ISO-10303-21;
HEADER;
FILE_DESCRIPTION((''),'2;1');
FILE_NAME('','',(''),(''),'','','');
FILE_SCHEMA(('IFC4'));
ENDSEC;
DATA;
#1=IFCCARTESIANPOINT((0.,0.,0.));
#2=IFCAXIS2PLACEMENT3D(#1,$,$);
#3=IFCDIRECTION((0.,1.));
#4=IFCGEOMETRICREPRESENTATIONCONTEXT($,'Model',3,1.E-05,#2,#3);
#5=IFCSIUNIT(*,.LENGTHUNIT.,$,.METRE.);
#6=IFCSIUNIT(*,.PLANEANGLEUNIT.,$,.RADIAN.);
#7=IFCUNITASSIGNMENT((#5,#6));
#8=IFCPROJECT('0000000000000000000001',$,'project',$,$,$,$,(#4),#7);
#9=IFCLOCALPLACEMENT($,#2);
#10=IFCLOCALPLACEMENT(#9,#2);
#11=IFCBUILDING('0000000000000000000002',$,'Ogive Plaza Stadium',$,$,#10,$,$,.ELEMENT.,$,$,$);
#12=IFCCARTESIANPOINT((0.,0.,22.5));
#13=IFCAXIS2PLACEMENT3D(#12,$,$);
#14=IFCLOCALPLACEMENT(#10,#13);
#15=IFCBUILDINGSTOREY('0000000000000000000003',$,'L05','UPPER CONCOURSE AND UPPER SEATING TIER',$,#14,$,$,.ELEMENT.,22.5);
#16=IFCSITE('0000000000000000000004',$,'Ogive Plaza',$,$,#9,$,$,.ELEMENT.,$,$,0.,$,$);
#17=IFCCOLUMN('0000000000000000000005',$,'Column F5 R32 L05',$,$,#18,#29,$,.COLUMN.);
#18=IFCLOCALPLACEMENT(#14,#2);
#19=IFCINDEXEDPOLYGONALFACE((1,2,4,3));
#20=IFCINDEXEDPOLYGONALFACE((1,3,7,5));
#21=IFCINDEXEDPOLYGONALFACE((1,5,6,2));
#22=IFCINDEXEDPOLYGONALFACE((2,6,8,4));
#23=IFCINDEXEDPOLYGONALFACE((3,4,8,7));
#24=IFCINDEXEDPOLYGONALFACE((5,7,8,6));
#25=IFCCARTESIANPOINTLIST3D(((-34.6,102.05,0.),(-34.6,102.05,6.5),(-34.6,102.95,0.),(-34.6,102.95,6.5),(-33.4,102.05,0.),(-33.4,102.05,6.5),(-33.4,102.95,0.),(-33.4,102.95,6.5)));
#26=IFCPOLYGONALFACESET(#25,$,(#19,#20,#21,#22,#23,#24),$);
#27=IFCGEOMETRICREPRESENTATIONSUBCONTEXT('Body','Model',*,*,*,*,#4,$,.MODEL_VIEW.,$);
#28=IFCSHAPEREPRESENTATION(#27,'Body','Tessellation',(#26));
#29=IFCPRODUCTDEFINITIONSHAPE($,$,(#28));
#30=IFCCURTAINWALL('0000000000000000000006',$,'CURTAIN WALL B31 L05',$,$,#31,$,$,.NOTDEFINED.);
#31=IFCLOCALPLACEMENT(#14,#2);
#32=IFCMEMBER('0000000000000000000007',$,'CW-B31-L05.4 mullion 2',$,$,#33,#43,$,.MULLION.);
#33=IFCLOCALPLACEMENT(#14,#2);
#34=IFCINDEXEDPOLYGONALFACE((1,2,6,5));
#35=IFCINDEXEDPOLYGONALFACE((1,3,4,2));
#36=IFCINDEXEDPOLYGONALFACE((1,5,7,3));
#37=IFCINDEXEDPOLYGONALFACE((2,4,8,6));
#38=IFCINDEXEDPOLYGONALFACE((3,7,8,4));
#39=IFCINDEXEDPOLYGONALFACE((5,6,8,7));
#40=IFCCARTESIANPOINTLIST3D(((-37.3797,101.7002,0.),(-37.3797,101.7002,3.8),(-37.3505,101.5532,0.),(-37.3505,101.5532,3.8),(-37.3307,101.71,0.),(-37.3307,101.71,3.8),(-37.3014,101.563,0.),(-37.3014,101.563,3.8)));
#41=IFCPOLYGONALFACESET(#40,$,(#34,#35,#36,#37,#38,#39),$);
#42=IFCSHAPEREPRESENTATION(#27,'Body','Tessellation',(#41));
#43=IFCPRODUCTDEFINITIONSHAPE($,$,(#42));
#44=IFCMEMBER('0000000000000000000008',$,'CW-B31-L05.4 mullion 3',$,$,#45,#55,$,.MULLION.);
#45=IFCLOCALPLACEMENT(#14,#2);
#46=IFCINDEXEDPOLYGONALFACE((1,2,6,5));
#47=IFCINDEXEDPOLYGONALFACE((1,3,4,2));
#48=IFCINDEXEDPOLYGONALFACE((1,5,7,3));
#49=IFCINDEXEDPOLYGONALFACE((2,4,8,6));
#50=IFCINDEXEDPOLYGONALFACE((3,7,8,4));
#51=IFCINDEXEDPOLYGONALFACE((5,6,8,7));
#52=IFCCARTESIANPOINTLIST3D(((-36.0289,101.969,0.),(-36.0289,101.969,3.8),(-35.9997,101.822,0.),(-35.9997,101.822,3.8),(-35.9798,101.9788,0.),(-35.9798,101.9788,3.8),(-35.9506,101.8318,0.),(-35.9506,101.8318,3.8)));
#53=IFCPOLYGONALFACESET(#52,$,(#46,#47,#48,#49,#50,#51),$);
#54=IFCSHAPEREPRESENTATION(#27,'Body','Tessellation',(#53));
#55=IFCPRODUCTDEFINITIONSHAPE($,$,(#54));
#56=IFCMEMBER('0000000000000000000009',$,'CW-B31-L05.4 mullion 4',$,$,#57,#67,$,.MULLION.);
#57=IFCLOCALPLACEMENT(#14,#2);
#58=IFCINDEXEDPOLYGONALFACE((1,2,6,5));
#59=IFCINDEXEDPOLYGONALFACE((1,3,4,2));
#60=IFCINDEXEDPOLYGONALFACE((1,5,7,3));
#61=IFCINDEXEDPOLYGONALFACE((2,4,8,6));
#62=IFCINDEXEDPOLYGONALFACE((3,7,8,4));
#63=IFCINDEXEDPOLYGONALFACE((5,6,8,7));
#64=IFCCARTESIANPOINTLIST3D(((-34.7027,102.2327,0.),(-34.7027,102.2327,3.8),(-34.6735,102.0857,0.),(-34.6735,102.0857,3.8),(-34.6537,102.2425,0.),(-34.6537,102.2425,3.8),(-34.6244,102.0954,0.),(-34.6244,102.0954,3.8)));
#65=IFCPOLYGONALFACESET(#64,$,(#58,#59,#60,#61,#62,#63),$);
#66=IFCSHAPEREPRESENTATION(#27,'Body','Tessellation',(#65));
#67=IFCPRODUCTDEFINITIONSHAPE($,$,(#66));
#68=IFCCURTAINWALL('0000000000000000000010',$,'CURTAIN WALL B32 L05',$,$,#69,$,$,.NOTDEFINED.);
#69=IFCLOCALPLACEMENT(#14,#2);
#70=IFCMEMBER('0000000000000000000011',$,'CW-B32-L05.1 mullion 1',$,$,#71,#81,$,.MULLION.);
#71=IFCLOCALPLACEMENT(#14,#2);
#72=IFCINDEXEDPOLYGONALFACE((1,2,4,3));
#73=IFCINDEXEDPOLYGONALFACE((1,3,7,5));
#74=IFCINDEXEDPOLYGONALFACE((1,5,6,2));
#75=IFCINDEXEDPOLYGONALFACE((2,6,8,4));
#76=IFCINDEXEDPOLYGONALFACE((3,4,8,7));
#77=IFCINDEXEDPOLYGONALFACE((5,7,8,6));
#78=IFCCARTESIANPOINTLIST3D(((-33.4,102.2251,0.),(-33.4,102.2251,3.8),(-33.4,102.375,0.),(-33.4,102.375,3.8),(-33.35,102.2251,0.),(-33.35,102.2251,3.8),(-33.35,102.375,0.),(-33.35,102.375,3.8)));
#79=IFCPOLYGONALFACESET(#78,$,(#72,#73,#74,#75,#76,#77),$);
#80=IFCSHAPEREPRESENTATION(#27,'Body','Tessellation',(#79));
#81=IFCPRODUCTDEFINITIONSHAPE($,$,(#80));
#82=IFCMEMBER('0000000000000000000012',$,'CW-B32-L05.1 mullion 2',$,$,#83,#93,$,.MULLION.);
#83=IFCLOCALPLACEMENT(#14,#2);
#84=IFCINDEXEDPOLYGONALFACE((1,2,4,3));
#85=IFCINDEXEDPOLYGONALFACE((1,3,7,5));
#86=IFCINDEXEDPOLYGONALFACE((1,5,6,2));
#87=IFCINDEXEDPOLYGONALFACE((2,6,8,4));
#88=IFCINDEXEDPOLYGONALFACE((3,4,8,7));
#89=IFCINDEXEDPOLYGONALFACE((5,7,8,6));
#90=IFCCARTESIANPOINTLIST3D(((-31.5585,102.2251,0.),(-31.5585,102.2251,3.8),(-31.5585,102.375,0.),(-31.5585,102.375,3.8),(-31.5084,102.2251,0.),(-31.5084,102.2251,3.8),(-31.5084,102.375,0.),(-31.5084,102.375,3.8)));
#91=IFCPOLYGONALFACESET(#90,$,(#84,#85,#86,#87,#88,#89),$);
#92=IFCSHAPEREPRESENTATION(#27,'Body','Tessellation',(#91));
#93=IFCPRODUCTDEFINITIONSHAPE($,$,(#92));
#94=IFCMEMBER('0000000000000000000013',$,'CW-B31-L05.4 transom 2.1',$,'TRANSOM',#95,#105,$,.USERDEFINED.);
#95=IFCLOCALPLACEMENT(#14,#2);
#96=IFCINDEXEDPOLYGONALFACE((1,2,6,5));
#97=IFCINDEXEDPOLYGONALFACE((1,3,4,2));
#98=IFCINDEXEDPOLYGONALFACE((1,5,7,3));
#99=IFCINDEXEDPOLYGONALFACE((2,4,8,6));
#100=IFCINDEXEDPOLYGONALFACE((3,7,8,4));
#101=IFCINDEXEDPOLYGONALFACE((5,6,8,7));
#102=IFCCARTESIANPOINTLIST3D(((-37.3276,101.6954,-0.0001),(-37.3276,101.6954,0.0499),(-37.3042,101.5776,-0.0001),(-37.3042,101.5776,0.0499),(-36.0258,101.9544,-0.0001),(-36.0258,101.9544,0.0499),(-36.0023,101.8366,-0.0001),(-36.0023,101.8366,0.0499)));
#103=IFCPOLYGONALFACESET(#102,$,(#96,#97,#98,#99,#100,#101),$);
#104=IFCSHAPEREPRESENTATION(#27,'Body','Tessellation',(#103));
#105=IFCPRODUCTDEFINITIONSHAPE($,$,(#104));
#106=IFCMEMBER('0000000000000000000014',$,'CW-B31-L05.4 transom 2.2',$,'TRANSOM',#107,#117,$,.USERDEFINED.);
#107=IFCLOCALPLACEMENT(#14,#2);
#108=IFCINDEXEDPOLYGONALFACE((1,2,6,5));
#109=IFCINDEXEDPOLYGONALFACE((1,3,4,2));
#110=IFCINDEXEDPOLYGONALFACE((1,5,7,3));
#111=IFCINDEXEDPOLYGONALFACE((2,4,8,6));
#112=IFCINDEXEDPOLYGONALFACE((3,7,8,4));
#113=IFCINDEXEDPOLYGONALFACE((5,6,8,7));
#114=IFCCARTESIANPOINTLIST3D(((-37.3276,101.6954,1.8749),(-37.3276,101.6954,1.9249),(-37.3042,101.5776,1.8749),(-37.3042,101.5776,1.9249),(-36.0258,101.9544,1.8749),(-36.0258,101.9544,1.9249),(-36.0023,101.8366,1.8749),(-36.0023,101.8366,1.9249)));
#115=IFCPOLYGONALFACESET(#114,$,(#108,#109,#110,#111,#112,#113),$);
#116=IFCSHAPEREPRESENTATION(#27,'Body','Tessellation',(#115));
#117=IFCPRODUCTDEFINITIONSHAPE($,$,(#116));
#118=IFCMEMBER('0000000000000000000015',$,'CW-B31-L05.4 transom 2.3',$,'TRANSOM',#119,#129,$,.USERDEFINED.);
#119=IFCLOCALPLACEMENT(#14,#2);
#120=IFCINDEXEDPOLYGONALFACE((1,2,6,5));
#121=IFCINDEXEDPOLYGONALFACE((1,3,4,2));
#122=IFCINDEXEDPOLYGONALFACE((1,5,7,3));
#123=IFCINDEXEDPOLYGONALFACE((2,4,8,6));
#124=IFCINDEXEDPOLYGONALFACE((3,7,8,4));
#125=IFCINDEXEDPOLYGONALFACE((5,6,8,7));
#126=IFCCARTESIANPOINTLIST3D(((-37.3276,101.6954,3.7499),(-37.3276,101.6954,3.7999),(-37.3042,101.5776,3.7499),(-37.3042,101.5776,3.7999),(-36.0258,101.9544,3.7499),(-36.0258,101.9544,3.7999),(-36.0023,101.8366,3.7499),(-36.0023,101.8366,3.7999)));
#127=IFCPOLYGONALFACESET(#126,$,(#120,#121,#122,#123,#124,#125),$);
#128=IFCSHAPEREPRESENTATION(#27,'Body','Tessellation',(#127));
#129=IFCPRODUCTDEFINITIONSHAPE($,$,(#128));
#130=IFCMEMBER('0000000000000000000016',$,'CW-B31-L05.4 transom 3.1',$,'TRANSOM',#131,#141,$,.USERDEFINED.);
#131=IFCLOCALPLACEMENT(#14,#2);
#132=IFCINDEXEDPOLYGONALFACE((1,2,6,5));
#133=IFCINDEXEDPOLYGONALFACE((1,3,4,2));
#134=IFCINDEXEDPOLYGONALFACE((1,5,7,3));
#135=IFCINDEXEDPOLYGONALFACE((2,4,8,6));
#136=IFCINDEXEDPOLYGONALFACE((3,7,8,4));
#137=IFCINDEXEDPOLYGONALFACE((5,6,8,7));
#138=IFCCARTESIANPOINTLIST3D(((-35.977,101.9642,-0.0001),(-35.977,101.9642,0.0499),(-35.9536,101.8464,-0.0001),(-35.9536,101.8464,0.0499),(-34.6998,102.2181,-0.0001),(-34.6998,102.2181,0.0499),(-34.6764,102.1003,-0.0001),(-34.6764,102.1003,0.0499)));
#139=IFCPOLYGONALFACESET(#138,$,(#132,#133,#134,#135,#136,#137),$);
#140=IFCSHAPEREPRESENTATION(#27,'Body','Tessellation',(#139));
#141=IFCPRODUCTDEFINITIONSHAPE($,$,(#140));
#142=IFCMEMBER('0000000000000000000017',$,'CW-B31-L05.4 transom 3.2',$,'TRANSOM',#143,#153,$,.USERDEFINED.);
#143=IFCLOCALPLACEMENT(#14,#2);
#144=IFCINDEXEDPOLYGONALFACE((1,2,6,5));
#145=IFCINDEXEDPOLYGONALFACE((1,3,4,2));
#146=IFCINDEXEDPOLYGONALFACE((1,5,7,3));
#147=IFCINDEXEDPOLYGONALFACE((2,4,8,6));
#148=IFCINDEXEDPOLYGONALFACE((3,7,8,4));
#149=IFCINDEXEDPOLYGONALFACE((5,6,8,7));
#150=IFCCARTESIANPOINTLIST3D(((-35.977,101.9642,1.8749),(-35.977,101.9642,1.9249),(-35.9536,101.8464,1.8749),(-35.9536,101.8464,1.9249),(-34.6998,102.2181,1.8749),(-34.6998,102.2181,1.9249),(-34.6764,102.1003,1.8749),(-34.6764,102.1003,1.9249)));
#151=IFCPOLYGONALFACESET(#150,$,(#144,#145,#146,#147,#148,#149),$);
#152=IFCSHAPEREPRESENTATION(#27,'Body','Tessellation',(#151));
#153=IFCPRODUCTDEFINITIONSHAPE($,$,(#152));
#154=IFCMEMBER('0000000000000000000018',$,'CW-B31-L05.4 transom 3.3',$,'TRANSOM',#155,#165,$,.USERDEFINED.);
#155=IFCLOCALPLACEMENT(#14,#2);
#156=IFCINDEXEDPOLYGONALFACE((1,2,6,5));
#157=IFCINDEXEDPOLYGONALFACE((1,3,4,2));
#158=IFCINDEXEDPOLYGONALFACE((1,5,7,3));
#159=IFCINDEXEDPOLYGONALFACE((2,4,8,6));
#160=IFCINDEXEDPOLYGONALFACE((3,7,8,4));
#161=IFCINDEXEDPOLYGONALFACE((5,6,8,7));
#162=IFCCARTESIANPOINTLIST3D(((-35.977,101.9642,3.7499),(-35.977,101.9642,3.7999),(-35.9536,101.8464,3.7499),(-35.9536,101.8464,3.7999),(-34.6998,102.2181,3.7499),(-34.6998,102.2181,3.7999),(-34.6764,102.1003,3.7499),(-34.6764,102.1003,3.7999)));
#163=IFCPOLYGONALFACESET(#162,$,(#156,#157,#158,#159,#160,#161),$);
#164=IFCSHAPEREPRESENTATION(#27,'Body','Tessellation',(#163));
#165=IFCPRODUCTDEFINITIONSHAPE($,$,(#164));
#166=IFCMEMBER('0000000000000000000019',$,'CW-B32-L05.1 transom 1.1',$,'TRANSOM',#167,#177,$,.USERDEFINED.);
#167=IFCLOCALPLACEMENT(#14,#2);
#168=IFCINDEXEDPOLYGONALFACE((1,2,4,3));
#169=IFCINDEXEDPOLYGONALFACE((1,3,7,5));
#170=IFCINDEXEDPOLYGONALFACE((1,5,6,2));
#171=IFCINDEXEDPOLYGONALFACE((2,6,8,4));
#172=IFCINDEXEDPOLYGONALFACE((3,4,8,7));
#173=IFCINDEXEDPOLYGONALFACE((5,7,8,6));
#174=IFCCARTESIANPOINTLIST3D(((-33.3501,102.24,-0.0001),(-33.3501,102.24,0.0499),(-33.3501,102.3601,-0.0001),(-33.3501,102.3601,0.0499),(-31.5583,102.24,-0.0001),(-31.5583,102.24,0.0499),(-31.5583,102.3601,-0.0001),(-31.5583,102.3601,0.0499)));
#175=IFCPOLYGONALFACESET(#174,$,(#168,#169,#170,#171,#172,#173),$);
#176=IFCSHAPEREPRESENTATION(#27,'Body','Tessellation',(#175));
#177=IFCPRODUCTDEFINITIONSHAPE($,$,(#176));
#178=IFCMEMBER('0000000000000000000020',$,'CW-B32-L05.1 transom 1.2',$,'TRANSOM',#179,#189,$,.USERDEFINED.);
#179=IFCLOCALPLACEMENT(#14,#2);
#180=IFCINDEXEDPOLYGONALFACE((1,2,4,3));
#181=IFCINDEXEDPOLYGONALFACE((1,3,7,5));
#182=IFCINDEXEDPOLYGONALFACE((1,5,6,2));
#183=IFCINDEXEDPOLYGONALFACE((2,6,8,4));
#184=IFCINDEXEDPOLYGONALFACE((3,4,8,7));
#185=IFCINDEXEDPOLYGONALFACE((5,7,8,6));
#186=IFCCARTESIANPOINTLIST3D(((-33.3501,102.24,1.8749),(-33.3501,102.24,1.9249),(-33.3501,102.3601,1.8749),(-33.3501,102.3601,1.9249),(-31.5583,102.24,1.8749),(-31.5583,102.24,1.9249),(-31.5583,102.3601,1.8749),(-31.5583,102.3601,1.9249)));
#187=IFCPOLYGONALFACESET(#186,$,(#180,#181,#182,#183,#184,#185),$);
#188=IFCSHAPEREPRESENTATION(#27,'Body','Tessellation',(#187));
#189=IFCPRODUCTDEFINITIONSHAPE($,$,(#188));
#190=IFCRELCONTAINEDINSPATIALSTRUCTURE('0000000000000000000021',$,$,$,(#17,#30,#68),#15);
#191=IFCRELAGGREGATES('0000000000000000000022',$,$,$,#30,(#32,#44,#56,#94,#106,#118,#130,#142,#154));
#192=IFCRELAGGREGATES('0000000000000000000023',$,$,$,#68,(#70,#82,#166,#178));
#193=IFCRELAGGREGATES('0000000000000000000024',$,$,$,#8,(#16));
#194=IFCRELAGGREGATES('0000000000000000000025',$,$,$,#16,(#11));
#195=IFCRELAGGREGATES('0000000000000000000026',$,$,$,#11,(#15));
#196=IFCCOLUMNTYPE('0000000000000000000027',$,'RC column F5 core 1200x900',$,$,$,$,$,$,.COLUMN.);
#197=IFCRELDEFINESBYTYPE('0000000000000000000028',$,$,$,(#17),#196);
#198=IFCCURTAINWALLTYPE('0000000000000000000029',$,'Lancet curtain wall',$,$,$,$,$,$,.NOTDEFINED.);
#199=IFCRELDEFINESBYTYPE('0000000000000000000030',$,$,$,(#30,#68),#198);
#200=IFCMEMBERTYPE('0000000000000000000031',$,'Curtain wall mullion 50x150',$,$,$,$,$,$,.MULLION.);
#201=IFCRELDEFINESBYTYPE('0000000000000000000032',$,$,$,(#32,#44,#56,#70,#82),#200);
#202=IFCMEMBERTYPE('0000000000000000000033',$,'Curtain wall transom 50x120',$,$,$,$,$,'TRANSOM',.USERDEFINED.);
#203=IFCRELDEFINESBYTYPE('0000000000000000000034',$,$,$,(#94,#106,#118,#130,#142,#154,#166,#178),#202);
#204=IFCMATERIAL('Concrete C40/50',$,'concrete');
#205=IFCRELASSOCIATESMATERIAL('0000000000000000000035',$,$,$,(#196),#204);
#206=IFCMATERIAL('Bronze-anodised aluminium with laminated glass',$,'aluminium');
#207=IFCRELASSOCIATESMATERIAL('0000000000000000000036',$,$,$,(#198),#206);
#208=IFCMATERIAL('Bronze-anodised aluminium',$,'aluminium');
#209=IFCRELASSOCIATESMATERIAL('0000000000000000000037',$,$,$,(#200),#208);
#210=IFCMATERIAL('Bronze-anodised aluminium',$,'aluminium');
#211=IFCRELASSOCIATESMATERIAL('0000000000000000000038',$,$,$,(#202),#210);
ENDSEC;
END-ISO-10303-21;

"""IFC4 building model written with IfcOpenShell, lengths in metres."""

from ifc_helpers import new_model, si_unit, direction, frame, origin, origin_2d, place, context, subcontext, project, spatial, rectangle, extrude, material, material_profile, profile_set, type_object, element, aggregate, save


model = new_model("IFC4")

# Units and contexts
model_context = context("Model", 3, precision=1e-05, world=origin(), true_north=direction((0.0, 1.0)))
body_context = subcontext(model_context, "Body", "Model", "MODEL_VIEW")
ifc_project = project(units=[si_unit("LENGTHUNIT", "METRE"), si_unit("PLANEANGLEUNIT", "RADIAN")], contexts=[model_context])

# Site, building, storey
site_placement = place(None, origin())
site = spatial("IfcSite", under=ifc_project, at=site_placement, Name="Ogive Plaza", CompositionType="ELEMENT", RefElevation=0.0)
building_placement = place(site_placement, origin())
building = spatial("IfcBuilding", under=site, at=building_placement, Name="Ogive Plaza Stadium", CompositionType="ELEMENT")
storey_placement = place(building_placement, frame((0.0, 0.0, 22.5)))
storey = spatial("IfcBuildingStorey", under=building, at=storey_placement, Name="L05", Description="UPPER CONCOURSE AND UPPER SEATING TIER", CompositionType="ELEMENT", Elevation=22.5)

# Column
ifc_material_1 = material(Name="Concrete C40/50", Category="concrete")
ifc_material_profile_1 = material_profile(ifc_material_1, rectangle(XDim=1.2, YDim=0.8999, at=origin_2d()), Name="RC 1200x900")
ifc_profile_set_1 = profile_set([ifc_material_profile_1], Name="Concrete C40/50")
column_type = type_object("IfcColumnType", Name="RC column F5 core 1200x900", PredefinedType="COLUMN", material=ifc_profile_set_1)
column_placement = place(storey_placement, frame((-34.0, 102.5, 0.0), z_axis=(0.0, 0.0, 1.0), x_axis=(-1.0, 0.0, 0.0)))
element("IfcColumn", 1, at=column_placement, inside=storey, type_object=column_type, Name="Column F5 R32 L05", PredefinedType="COLUMN", context=body_context, shape_type="SweptSolid", body=[
    extrude(rectangle(XDim=1.2, YDim=0.8999, at=origin_2d()), origin(), (0.0, 0.0, 1.0), 6.5),
])

# Curtain walls, members
ifc_material_2 = material(Name="Bronze-anodised aluminium with laminated glass", Category="aluminium")
curtain_wall_type = type_object("IfcCurtainWallType", Name="Lancet curtain wall", PredefinedType="NOTDEFINED", material=ifc_material_2)
curtain_wall_1_placement = place(storey_placement, origin())
curtain_wall_1 = element("IfcCurtainWall", 2, at=curtain_wall_1_placement, inside=storey, type_object=curtain_wall_type, Name="CURTAIN WALL B31 L05", PredefinedType="NOTDEFINED")
ifc_material_3 = material(Name="Bronze-anodised aluminium", Category="aluminium")
ifc_material_profile_2 = material_profile(ifc_material_3, rectangle(XDim=0.1499, YDim=0.05, at=origin_2d()), Name="AL 150x50")
ifc_profile_set_2 = profile_set([ifc_material_profile_2], Name="Bronze-anodised aluminium")
member_type_1 = type_object("IfcMemberType", Name="Curtain wall mullion 50x150", PredefinedType="MULLION", material=ifc_profile_set_2)
member_1_placement = place(storey_placement, frame((-37.3406, 101.6316, 0.0), z_axis=(0.0, 0.0, 1.0), x_axis=(-0.19509, 0.980785, 0.0)))
member_1 = element("IfcMember", 3, at=member_1_placement, type_object=member_type_1, Name="CW-B31-L05.4 mullion 2", PredefinedType="MULLION", context=body_context, shape_type="SweptSolid", body=[
    extrude(rectangle(XDim=0.1499, YDim=0.05, at=origin_2d()), origin(), (0.0, 0.0, 1.0), 3.8),
])
member_2_placement = place(storey_placement, frame((-35.9897, 101.9004, 0.0), z_axis=(0.0, 0.0, 1.0), x_axis=(-0.19509, 0.980785, 0.0)))
member_2 = element("IfcMember", 4, at=member_2_placement, type_object=member_type_1, Name="CW-B31-L05.4 mullion 3", PredefinedType="MULLION", context=body_context, shape_type="SweptSolid", body=[
    extrude(rectangle(XDim=0.1499, YDim=0.05, at=origin_2d()), origin(), (0.0, 0.0, 1.0), 3.8),
])
member_3_placement = place(storey_placement, frame((-34.6636, 102.1641, 0.0), z_axis=(0.0, 0.0, 1.0), x_axis=(-0.19509, 0.980785, 0.0)))
member_3 = element("IfcMember", 5, at=member_3_placement, type_object=member_type_1, Name="CW-B31-L05.4 mullion 4", PredefinedType="MULLION", context=body_context, shape_type="SweptSolid", body=[
    extrude(rectangle(XDim=0.1499, YDim=0.05, at=origin_2d()), origin(), (0.0, 0.0, 1.0), 3.8),
])
curtain_wall_2_placement = place(storey_placement, origin())
curtain_wall_2 = element("IfcCurtainWall", 6, at=curtain_wall_2_placement, inside=storey, type_object=curtain_wall_type, Name="CURTAIN WALL B32 L05", PredefinedType="NOTDEFINED")
member_4_placement = place(storey_placement, frame((-33.375, 102.3, 0.0), z_axis=(0.0, 0.0, 1.0), x_axis=(0.0, 1.0, 0.0)))
member_4 = element("IfcMember", 7, at=member_4_placement, type_object=member_type_1, Name="CW-B32-L05.1 mullion 1", PredefinedType="MULLION", context=body_context, shape_type="SweptSolid", body=[
    extrude(rectangle(XDim=0.1499, YDim=0.05, at=origin_2d()), origin(), (0.0, 0.0, 1.0), 3.8),
])
member_5_placement = place(storey_placement, frame((-31.5334, 102.3, 0.0), z_axis=(0.0, 0.0, 1.0), x_axis=(0.0, 1.0, 0.0)))
member_5 = element("IfcMember", 8, at=member_5_placement, type_object=member_type_1, Name="CW-B32-L05.1 mullion 2", PredefinedType="MULLION", context=body_context, shape_type="SweptSolid", body=[
    extrude(rectangle(XDim=0.1499, YDim=0.05, at=origin_2d()), origin(), (0.0, 0.0, 1.0), 3.8),
])

# Members
ifc_material_4 = material(Name="Bronze-anodised aluminium", Category="aluminium")
ifc_material_profile_3 = material_profile(ifc_material_4, rectangle(XDim=0.1201, YDim=0.05, at=origin_2d()), Name="AL 120x50")
ifc_profile_set_3 = profile_set([ifc_material_profile_3], Name="Bronze-anodised aluminium")
member_type_2 = type_object("IfcMemberType", Name="Curtain wall transom 50x120", ElementType="TRANSOM", PredefinedType="USERDEFINED", material=ifc_profile_set_3)
member_6_placement = place(storey_placement, frame((-37.3159, 101.6365, 0.0249), z_axis=(0.980771, 0.195161, 0.0), x_axis=(-0.195161, 0.980771, 0.0)))
member_6 = element("IfcMember", 9, at=member_6_placement, type_object=member_type_2, Name="CW-B31-L05.4 transom 2.1", ObjectType="TRANSOM", PredefinedType="USERDEFINED", context=body_context, shape_type="SweptSolid", body=[
    extrude(rectangle(XDim=0.1201, YDim=0.05, at=origin_2d()), origin(), (0.0, 0.0, 1.0), 1.3274),
])
member_7_placement = place(storey_placement, frame((-37.3159, 101.6365, 1.8999), z_axis=(0.980771, 0.195161, 0.0), x_axis=(-0.195161, 0.980771, 0.0)))
member_7 = element("IfcMember", 10, at=member_7_placement, type_object=member_type_2, Name="CW-B31-L05.4 transom 2.2", ObjectType="TRANSOM", PredefinedType="USERDEFINED", context=body_context, shape_type="SweptSolid", body=[
    extrude(rectangle(XDim=0.1201, YDim=0.05, at=origin_2d()), origin(), (0.0, 0.0, 1.0), 1.3274),
])
member_8_placement = place(storey_placement, frame((-37.3159, 101.6365, 3.7749), z_axis=(0.980771, 0.195161, 0.0), x_axis=(-0.195161, 0.980771, 0.0)))
member_8 = element("IfcMember", 11, at=member_8_placement, type_object=member_type_2, Name="CW-B31-L05.4 transom 2.3", ObjectType="TRANSOM", PredefinedType="USERDEFINED", context=body_context, shape_type="SweptSolid", body=[
    extrude(rectangle(XDim=0.1201, YDim=0.05, at=origin_2d()), origin(), (0.0, 0.0, 1.0), 1.3274),
])
member_9_placement = place(storey_placement, frame((-35.9653, 101.9053, 0.0249), z_axis=(0.980811, 0.194962, 0.0), x_axis=(-0.194962, 0.980811, 0.0)))
member_9 = element("IfcMember", 12, at=member_9_placement, type_object=member_type_2, Name="CW-B31-L05.4 transom 3.1", ObjectType="TRANSOM", PredefinedType="USERDEFINED", context=body_context, shape_type="SweptSolid", body=[
    extrude(rectangle(XDim=0.1201, YDim=0.05, at=origin_2d()), origin(), (0.0, 0.0, 1.0), 1.3022),
])
member_10_placement = place(storey_placement, frame((-35.9653, 101.9053, 1.8999), z_axis=(0.980811, 0.194962, 0.0), x_axis=(-0.194962, 0.980811, 0.0)))
member_10 = element("IfcMember", 13, at=member_10_placement, type_object=member_type_2, Name="CW-B31-L05.4 transom 3.2", ObjectType="TRANSOM", PredefinedType="USERDEFINED", context=body_context, shape_type="SweptSolid", body=[
    extrude(rectangle(XDim=0.1201, YDim=0.05, at=origin_2d()), origin(), (0.0, 0.0, 1.0), 1.3022),
])
member_11_placement = place(storey_placement, frame((-35.9653, 101.9053, 3.7749), z_axis=(0.980811, 0.194962, 0.0), x_axis=(-0.194962, 0.980811, 0.0)))
member_11 = element("IfcMember", 14, at=member_11_placement, type_object=member_type_2, Name="CW-B31-L05.4 transom 3.3", ObjectType="TRANSOM", PredefinedType="USERDEFINED", context=body_context, shape_type="SweptSolid", body=[
    extrude(rectangle(XDim=0.1201, YDim=0.05, at=origin_2d()), origin(), (0.0, 0.0, 1.0), 1.3022),
])
member_12_placement = place(storey_placement, frame((-33.3501, 102.3, 0.0249), z_axis=(1.0, 0.0, 0.0), x_axis=(0.0, 1.0, 0.0)))
member_12 = element("IfcMember", 15, at=member_12_placement, type_object=member_type_2, Name="CW-B32-L05.1 transom 1.1", ObjectType="TRANSOM", PredefinedType="USERDEFINED", context=body_context, shape_type="SweptSolid", body=[
    extrude(rectangle(XDim=0.1201, YDim=0.05, at=origin_2d()), origin(), (0.0, 0.0, 1.0), 1.7917),
])
member_13_placement = place(storey_placement, frame((-33.3501, 102.3, 1.8999), z_axis=(1.0, 0.0, 0.0), x_axis=(0.0, 1.0, 0.0)))
member_13 = element("IfcMember", 16, at=member_13_placement, type_object=member_type_2, Name="CW-B32-L05.1 transom 1.2", ObjectType="TRANSOM", PredefinedType="USERDEFINED", context=body_context, shape_type="SweptSolid", body=[
    extrude(rectangle(XDim=0.1201, YDim=0.05, at=origin_2d()), origin(), (0.0, 0.0, 1.0), 1.7917),
])

aggregate(curtain_wall_1, [member_1, member_2, member_3, member_6, member_7, member_8, member_9, member_10, member_11])
aggregate(curtain_wall_2, [member_4, member_5, member_12, member_13])

save(model, "model.ifc")
